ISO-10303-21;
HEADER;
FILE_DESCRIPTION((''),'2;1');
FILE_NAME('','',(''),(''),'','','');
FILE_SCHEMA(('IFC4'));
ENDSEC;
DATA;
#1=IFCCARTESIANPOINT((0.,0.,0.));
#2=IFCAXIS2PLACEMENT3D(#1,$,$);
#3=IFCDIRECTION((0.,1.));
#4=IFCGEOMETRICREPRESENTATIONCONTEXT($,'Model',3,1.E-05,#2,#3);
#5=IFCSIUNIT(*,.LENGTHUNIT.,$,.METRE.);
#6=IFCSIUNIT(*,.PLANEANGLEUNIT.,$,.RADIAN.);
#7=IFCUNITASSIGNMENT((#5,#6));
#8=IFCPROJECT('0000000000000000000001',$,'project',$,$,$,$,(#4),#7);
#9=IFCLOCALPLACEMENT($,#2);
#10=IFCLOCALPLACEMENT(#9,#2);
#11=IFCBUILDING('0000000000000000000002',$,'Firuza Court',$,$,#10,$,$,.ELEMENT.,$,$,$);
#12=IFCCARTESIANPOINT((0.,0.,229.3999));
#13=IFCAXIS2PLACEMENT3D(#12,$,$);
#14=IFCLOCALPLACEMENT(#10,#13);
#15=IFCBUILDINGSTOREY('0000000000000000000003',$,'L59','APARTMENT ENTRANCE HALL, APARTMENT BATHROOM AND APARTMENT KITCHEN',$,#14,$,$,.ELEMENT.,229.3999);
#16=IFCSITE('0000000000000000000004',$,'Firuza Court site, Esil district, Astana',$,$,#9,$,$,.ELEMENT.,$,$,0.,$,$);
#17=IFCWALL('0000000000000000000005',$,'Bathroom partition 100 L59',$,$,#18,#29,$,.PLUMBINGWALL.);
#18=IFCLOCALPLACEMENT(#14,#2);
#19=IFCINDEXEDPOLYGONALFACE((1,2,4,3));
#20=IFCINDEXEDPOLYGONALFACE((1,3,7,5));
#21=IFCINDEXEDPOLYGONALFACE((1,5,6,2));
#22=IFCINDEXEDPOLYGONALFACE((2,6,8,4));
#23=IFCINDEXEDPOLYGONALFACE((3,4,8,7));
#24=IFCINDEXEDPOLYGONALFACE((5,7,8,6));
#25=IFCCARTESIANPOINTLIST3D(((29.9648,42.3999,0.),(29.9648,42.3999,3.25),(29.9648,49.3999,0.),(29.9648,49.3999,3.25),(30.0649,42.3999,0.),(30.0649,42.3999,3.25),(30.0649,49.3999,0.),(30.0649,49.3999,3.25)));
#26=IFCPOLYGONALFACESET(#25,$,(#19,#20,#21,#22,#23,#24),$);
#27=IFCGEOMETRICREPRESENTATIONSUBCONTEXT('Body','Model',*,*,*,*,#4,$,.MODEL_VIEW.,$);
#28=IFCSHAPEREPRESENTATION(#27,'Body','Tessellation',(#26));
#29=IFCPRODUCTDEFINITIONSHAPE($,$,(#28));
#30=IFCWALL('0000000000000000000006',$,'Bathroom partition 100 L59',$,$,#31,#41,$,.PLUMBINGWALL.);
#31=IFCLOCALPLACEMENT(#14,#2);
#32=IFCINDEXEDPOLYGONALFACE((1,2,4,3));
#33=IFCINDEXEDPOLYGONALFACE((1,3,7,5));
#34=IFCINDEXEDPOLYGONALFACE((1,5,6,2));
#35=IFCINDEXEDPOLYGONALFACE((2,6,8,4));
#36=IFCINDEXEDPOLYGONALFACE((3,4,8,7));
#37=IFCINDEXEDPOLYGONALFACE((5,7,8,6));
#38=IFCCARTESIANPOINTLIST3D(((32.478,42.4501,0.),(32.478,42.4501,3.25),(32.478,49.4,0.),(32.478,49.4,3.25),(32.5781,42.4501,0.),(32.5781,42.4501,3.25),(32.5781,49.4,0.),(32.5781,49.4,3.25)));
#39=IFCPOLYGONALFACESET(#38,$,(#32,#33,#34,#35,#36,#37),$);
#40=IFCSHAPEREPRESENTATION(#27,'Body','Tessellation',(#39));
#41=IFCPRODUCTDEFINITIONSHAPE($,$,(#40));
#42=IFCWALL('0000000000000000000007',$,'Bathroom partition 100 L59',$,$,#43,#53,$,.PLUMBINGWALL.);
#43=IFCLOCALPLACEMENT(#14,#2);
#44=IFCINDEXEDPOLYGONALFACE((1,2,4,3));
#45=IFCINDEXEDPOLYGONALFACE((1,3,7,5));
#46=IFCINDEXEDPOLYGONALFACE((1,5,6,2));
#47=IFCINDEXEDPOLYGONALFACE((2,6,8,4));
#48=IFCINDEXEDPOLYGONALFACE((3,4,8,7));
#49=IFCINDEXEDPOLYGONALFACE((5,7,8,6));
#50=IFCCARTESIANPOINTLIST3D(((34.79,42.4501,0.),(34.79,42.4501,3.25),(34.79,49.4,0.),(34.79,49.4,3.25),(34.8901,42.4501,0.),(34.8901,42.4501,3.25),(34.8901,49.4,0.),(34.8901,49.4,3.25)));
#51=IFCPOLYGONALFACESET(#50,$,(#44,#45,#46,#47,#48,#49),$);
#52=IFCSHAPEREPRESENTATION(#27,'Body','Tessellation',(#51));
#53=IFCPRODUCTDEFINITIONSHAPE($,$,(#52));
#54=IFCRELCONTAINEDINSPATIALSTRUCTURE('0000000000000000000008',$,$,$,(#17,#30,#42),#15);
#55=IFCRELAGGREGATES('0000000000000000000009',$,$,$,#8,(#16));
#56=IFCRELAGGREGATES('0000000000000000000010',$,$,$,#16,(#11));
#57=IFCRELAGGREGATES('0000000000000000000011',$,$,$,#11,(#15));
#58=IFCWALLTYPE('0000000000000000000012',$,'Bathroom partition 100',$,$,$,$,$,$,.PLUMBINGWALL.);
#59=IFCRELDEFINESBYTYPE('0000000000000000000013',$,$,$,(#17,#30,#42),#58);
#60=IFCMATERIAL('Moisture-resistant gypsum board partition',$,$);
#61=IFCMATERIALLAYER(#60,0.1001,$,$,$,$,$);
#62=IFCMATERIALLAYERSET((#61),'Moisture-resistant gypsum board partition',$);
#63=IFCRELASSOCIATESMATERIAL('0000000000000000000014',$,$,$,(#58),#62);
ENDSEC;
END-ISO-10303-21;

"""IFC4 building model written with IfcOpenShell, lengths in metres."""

from ifc_helpers import new_model, si_unit, direction, frame, frame_2d, origin, place, context, subcontext, project, spatial, rectangle, extrude, material, layer, layer_set, type_object, element, save


model = new_model("IFC4")

# Units and contexts
model_context = context("Model", 3, precision=1e-05, world=origin(), true_north=direction((0.0, 1.0)))
body_context = subcontext(model_context, "Body", "Model", "MODEL_VIEW")
ifc_project = project(units=[si_unit("LENGTHUNIT", "METRE"), si_unit("PLANEANGLEUNIT", "RADIAN")], contexts=[model_context])

# Site, building, storey
site_placement = place(None, origin())
site = spatial("IfcSite", under=ifc_project, at=site_placement, Name="Firuza Court site, Esil district, Astana", CompositionType="ELEMENT", RefElevation=0.0)
building_placement = place(site_placement, origin())
building = spatial("IfcBuilding", under=site, at=building_placement, Name="Firuza Court", CompositionType="ELEMENT")
storey_placement = place(building_placement, frame((0.0, 0.0, 229.3999)))
storey = spatial("IfcBuildingStorey", under=building, at=storey_placement, Name="L59", Description="APARTMENT ENTRANCE HALL, APARTMENT BATHROOM AND APARTMENT KITCHEN", CompositionType="ELEMENT", Elevation=229.3999)

# Walls
ifc_material_1 = material(Name="Moisture-resistant gypsum board partition")
ifc_layer_1 = layer(ifc_material_1, 0.1001)
ifc_layer_set_1 = layer_set([ifc_layer_1], Name="Moisture-resistant gypsum board partition")
wall_type_1 = type_object("IfcWallType", Name="Bathroom partition 100", PredefinedType="PLUMBINGWALL", material=ifc_layer_set_1)
wall_1_placement = place(storey_placement, frame((30.0149, 42.3999, 0.0), z_axis=(0.0, 0.0, 1.0), x_axis=(0.0, 1.0, 0.0)))
element("IfcWall", 1, at=wall_1_placement, inside=storey, type_object=wall_type_1, Name="Bathroom partition 100 L59", PredefinedType="PLUMBINGWALL", context=body_context, shape_type="SweptSolid", body=[
    extrude(rectangle(XDim=7.0, YDim=0.1001, at=frame_2d((3.5, 0.0))), origin(), (0.0, 0.0, 1.0), 3.25),
])
for number, where, z_axis, x_axis, name in (
    (2, (32.5281, 42.45, 0.0), (0.0, 0.0, 1.0), (0.0, 1.0, 0.0), "Bathroom partition 100 L59"),
    (3, (34.8401, 42.45, 0.0), (0.0, 0.0, 1.0), (0.0, 1.0, 0.0), "Bathroom partition 100 L59"),
):
    element("IfcWall", number, at=place(storey_placement, frame(where, z_axis=z_axis, x_axis=x_axis)), inside=storey, type_object=wall_type_1, Name=name, PredefinedType="PLUMBINGWALL", context=body_context, shape_type="SweptSolid", body=[
        extrude(rectangle(XDim=6.95, YDim=0.1001, at=frame_2d((3.4751, 0.0))), origin(), (0.0, 0.0, 1.0), 3.25),
    ])

save(model, "model.ifc")
